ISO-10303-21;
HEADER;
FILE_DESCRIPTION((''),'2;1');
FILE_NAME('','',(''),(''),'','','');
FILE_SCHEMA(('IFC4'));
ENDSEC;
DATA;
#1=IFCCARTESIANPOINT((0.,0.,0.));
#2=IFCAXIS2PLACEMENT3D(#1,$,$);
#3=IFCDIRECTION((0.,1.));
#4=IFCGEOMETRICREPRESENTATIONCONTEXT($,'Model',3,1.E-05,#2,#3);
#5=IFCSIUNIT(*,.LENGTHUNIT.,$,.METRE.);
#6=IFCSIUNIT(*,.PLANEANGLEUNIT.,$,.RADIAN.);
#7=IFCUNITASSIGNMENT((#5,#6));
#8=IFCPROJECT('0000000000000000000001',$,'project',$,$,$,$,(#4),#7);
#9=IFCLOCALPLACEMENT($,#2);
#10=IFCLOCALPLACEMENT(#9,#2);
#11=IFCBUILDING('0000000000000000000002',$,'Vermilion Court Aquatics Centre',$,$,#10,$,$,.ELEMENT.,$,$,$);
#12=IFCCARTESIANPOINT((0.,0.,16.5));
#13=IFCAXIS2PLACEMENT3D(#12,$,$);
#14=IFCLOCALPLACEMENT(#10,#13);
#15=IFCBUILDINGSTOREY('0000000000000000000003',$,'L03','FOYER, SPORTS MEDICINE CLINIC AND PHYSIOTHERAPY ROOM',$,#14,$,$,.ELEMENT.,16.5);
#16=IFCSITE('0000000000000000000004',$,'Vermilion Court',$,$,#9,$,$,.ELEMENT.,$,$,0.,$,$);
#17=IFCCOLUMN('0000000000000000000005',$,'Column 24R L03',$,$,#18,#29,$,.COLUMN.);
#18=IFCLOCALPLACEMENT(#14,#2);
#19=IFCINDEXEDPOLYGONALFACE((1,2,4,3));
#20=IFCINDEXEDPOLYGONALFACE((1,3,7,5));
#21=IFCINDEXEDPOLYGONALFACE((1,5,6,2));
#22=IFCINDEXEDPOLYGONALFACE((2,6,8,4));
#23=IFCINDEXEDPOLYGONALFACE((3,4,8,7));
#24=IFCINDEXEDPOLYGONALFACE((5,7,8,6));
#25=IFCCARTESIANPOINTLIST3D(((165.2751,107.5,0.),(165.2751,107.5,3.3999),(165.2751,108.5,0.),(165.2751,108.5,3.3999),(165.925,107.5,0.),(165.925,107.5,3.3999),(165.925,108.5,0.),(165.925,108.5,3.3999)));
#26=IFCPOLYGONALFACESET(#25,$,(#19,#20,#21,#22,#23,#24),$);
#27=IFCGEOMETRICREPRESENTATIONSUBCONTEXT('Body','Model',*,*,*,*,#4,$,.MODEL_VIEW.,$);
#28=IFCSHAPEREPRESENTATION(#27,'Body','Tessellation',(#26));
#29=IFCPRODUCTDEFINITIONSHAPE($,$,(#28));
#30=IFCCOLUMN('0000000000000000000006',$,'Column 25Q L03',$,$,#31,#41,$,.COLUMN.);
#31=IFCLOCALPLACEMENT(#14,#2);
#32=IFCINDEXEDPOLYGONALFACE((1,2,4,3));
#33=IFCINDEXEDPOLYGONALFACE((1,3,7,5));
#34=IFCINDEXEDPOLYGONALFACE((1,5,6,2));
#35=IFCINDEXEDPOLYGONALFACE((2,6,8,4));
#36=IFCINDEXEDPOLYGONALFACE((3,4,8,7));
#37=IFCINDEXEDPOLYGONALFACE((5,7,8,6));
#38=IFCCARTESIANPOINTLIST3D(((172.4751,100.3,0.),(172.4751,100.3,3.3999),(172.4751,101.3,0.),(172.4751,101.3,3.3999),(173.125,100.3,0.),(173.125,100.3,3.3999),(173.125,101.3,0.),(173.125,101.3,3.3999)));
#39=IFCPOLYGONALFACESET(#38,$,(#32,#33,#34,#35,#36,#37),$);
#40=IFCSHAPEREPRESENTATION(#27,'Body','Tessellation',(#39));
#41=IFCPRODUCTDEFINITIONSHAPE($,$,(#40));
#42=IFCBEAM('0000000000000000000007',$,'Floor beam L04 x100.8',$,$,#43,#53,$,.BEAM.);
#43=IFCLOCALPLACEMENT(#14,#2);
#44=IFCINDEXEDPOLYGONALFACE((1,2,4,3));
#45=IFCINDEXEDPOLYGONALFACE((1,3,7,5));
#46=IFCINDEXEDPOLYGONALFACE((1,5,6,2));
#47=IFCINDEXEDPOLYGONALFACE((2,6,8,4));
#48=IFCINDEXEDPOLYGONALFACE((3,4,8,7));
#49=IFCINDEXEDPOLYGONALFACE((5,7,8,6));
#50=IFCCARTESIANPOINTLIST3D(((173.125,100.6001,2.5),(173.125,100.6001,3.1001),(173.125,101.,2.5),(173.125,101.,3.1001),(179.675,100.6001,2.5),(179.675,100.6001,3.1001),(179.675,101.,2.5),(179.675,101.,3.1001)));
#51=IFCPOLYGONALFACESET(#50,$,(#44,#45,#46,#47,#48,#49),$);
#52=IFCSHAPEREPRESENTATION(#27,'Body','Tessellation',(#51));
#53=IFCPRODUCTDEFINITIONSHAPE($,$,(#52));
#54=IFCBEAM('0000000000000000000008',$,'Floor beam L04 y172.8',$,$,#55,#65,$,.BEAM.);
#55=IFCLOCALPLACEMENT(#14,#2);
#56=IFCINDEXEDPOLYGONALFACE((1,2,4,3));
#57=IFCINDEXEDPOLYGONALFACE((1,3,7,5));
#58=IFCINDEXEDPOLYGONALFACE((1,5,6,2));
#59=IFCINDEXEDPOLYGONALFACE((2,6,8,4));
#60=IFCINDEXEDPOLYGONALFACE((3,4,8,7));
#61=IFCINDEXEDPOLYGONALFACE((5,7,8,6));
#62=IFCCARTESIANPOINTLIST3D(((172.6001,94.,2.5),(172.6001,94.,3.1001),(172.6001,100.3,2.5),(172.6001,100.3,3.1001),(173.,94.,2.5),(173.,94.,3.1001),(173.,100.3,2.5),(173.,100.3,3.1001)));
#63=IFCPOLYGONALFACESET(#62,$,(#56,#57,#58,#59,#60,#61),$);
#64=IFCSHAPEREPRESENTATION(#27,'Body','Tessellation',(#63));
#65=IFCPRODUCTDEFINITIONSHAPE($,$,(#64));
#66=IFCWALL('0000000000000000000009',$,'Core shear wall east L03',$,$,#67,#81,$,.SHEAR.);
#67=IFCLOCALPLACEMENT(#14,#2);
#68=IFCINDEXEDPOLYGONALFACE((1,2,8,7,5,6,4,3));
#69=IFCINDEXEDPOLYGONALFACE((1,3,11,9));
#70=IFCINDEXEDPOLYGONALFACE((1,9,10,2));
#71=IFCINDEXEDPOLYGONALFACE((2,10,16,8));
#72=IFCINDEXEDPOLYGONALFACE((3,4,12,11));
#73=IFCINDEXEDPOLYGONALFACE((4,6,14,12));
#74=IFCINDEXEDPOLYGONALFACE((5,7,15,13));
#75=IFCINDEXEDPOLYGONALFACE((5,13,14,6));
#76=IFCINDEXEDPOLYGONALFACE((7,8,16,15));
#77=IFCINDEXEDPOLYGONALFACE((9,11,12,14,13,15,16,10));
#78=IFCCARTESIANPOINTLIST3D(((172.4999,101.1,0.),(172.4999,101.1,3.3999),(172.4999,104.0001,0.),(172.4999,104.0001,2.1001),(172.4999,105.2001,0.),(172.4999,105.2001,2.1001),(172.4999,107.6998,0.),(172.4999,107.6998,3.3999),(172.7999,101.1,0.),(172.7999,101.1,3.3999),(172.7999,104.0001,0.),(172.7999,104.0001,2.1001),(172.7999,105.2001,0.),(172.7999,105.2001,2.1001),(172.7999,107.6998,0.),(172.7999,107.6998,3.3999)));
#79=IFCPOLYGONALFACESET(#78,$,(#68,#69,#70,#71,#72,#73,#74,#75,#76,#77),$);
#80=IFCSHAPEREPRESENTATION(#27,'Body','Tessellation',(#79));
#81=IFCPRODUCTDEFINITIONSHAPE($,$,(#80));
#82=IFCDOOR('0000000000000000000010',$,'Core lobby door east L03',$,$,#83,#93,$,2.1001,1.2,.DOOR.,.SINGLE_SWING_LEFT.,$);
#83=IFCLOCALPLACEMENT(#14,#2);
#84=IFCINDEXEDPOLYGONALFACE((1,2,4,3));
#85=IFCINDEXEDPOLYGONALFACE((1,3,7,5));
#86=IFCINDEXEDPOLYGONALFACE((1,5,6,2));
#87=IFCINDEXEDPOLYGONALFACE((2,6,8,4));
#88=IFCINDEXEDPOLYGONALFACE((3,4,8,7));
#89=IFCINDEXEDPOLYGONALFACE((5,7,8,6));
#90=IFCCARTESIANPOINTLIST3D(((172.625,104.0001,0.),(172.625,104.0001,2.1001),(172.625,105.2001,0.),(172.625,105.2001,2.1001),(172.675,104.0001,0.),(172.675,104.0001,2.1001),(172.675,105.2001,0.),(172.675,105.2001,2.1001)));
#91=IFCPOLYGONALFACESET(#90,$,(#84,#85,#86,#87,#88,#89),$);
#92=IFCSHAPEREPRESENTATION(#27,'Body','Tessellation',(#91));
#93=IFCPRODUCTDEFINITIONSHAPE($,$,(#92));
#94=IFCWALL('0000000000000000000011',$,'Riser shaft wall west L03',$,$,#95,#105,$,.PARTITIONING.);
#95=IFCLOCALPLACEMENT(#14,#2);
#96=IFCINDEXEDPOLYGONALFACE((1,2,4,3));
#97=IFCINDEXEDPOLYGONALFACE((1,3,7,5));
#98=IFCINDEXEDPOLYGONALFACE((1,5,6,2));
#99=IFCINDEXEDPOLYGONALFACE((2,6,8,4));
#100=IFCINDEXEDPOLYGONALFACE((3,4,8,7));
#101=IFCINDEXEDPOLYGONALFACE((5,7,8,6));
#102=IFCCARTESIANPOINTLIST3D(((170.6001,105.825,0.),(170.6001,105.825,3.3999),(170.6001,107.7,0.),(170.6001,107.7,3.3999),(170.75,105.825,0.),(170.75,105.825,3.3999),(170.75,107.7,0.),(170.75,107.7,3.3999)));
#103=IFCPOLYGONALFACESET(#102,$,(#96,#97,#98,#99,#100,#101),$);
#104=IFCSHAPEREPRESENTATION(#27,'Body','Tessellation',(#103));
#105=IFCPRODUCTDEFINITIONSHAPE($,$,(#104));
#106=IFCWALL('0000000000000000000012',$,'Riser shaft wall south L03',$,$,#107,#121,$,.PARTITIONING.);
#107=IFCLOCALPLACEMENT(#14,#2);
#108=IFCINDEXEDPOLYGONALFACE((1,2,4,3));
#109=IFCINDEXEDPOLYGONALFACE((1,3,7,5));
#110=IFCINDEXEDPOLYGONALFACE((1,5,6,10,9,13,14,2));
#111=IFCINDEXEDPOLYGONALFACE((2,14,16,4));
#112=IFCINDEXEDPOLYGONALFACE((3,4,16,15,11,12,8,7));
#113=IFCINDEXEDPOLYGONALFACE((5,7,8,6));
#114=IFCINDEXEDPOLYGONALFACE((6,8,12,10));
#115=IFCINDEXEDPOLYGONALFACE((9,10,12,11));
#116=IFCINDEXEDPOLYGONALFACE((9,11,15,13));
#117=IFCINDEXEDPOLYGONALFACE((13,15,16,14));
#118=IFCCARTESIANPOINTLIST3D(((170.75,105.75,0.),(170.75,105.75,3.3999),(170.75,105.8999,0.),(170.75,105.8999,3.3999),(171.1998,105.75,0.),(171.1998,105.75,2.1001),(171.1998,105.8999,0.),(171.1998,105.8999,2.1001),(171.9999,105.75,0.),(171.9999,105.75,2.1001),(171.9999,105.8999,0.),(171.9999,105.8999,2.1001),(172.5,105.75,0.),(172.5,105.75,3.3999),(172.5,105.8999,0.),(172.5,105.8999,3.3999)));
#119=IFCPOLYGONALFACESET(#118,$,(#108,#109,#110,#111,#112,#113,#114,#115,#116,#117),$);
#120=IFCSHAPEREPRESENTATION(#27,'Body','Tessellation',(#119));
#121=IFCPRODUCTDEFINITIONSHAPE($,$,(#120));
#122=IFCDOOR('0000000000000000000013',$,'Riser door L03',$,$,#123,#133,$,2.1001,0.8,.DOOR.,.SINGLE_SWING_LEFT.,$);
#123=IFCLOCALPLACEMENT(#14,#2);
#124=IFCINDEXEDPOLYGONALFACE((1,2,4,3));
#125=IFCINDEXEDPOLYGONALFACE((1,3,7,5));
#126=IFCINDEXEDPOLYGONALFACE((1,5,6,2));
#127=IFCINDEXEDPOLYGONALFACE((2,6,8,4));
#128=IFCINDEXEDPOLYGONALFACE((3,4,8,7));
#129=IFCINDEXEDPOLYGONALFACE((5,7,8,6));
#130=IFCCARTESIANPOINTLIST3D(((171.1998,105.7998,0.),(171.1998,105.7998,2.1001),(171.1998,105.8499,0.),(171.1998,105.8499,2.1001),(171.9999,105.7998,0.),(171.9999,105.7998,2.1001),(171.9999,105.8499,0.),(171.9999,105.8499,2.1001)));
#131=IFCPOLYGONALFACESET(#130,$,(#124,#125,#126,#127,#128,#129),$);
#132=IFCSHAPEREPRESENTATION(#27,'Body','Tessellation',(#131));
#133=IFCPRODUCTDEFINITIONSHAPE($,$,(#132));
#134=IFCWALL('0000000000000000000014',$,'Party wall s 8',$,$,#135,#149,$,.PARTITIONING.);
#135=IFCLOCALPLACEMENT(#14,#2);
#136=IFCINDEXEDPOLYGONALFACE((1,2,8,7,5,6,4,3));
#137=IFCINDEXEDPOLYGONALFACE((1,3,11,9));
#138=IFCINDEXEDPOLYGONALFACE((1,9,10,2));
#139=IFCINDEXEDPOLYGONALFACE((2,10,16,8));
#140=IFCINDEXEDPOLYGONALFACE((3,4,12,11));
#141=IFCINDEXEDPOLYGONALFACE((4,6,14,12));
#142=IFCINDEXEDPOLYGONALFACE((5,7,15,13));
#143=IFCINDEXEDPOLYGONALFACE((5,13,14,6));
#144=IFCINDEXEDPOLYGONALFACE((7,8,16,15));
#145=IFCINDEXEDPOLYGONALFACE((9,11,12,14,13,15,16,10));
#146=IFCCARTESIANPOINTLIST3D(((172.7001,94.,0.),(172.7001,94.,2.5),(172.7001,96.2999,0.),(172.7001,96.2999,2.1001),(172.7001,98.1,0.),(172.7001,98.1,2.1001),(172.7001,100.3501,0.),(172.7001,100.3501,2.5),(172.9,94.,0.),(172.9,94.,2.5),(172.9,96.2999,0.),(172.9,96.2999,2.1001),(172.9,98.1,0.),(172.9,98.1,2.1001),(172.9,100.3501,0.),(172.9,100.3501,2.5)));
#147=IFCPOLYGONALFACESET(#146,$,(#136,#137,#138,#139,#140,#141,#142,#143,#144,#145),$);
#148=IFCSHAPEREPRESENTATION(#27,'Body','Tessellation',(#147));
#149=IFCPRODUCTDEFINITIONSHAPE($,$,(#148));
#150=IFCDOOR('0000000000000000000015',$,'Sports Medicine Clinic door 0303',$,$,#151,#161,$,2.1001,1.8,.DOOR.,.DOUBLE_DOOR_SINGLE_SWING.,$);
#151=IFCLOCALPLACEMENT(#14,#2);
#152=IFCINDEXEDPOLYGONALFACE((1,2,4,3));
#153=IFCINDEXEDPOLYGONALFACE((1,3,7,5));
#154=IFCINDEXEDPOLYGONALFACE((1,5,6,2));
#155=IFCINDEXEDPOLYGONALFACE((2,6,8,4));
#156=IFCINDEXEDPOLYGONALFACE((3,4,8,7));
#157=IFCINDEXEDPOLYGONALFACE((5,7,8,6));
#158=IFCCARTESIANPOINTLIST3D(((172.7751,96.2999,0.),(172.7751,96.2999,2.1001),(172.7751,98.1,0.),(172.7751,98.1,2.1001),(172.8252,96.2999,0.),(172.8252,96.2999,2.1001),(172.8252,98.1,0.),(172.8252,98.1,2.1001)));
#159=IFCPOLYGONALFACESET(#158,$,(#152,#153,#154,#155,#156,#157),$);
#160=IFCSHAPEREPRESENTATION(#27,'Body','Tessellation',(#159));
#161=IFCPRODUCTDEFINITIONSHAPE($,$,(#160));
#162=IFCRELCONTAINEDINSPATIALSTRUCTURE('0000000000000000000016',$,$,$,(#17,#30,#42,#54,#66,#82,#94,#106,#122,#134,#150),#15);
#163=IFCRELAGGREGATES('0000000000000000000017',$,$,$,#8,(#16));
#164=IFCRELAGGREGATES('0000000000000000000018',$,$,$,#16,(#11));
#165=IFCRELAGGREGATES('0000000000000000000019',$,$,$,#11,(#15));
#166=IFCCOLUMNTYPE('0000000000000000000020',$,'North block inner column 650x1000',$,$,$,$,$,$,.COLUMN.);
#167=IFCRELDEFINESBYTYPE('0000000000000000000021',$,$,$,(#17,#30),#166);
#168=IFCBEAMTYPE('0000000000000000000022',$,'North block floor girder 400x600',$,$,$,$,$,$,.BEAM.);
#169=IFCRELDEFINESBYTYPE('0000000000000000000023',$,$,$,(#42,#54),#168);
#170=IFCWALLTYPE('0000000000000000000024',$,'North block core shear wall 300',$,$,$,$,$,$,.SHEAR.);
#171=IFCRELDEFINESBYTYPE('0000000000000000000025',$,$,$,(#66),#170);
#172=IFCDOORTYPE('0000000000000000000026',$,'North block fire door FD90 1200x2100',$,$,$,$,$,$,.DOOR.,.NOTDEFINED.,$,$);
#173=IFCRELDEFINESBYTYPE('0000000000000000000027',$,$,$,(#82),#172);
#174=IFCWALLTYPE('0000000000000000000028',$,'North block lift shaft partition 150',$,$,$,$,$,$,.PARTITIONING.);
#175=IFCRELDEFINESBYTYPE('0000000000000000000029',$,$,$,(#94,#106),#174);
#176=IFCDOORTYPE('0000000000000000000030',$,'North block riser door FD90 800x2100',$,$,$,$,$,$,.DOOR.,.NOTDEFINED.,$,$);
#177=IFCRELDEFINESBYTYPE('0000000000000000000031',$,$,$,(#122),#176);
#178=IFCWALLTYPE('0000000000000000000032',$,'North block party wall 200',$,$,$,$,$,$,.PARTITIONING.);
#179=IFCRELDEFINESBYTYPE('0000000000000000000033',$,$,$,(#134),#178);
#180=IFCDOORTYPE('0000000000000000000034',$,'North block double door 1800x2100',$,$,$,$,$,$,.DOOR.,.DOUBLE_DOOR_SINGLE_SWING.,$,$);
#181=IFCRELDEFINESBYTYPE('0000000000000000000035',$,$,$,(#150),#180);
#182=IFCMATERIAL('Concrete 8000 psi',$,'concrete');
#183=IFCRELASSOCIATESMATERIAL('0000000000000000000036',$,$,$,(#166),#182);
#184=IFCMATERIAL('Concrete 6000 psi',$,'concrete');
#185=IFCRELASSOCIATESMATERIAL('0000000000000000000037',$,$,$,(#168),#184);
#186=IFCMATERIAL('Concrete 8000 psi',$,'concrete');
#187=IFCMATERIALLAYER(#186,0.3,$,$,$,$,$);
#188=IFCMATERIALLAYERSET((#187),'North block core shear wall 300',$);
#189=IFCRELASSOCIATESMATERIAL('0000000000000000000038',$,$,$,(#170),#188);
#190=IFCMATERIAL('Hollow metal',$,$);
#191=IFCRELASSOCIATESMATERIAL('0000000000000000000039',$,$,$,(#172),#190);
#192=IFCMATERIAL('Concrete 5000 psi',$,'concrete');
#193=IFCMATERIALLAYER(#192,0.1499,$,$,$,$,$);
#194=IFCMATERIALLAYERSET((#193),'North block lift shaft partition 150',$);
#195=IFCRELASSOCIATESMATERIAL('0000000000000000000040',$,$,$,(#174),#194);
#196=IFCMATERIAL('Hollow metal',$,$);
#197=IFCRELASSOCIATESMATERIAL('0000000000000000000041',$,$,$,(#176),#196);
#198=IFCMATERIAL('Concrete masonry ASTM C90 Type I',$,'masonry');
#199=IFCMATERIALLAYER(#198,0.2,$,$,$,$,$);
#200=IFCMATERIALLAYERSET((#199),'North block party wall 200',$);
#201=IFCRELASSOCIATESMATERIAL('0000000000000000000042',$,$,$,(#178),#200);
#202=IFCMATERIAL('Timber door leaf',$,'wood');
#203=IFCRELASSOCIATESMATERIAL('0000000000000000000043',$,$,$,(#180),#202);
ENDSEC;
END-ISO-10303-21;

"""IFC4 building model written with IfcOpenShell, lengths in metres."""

from ifc_helpers import new_model, si_unit, direction, frame, frame_2d, origin, origin_2d, place, context, subcontext, project, spatial, rectangle, extrude, material, layer, layer_set, material_profile, profile_set, type_object, element, fill, save


model = new_model("IFC4")

# Units and contexts
model_context = context("Model", 3, precision=1e-05, world=origin(), true_north=direction((0.0, 1.0)))
body_context = subcontext(model_context, "Body", "Model", "MODEL_VIEW")
ifc_project = project(units=[si_unit("LENGTHUNIT", "METRE"), si_unit("PLANEANGLEUNIT", "RADIAN")], contexts=[model_context])

# Site, building, storey
site_placement = place(None, origin())
site = spatial("IfcSite", under=ifc_project, at=site_placement, Name="Vermilion Court", CompositionType="ELEMENT", RefElevation=0.0)
building_placement = place(site_placement, origin())
building = spatial("IfcBuilding", under=site, at=building_placement, Name="Vermilion Court Aquatics Centre", CompositionType="ELEMENT")
storey_placement = place(building_placement, frame((0.0, 0.0, 16.5)))
storey = spatial("IfcBuildingStorey", under=building, at=storey_placement, Name="L03", Description="FOYER, SPORTS MEDICINE CLINIC AND PHYSIOTHERAPY ROOM", CompositionType="ELEMENT", Elevation=16.5)

# Columns
ifc_material_1 = material(Name="Concrete 8000 psi", Category="concrete")
ifc_material_profile_1 = material_profile(ifc_material_1, rectangle(XDim=0.6499, YDim=1.0, at=origin_2d()), Name="RC 650x1000")
ifc_profile_set_1 = profile_set([ifc_material_profile_1], Name="Concrete 8000 psi")
column_type = type_object("IfcColumnType", Name="North block inner column 650x1000", PredefinedType="COLUMN", material=ifc_profile_set_1)
for number, where, z_axis, x_axis, name in (
    (1, (165.6001, 108.0, 0.0), (0.0, 0.0, 1.0), (1.0, 0.0, 0.0), "Column 24R L03"),
    (2, (172.8, 100.8, 0.0), (0.0, 0.0, 1.0), (1.0, 0.0, 0.0), "Column 25Q L03"),
):
    element("IfcColumn", number, at=place(storey_placement, frame(where, z_axis=z_axis, x_axis=x_axis)), inside=storey, type_object=column_type, Name=name, PredefinedType="COLUMN", context=body_context, shape_type="SweptSolid", body=[
        extrude(rectangle(XDim=0.6499, YDim=1.0, at=origin_2d()), origin(), (0.0, 0.0, 1.0), 3.3999),
    ])

# Beams
ifc_material_2 = material(Name="Concrete 6000 psi", Category="concrete")
ifc_material_profile_2 = material_profile(ifc_material_2, rectangle(XDim=0.3999, YDim=0.6001, at=origin_2d()), Name="RC 400x600")
ifc_profile_set_2 = profile_set([ifc_material_profile_2], Name="Concrete 6000 psi")
beam_type = type_object("IfcBeamType", Name="North block floor girder 400x600", PredefinedType="BEAM", material=ifc_profile_set_2)
beam_1_placement = place(storey_placement, frame((173.125, 100.8, 2.8), z_axis=(1.0, 0.0, 0.0), x_axis=(0.0, 1.0, 0.0)))
element("IfcBeam", 3, at=beam_1_placement, inside=storey, type_object=beam_type, Name="Floor beam L04 x100.8", PredefinedType="BEAM", context=body_context, shape_type="SweptSolid", body=[
    extrude(rectangle(XDim=0.3999, YDim=0.6001, at=origin_2d()), origin(), (0.0, 0.0, 1.0), 6.55),
])
beam_2_placement = place(storey_placement, frame((172.8, 94.0, 2.8), z_axis=(0.0, 1.0, 0.0), x_axis=(-1.0, 0.0, 0.0)))
element("IfcBeam", 4, at=beam_2_placement, inside=storey, type_object=beam_type, Name="Floor beam L04 y172.8", PredefinedType="BEAM", context=body_context, shape_type="SweptSolid", body=[
    extrude(rectangle(XDim=0.3999, YDim=0.6001, at=origin_2d()), origin(), (0.0, 0.0, 1.0), 6.3),
])

# Wall, opening, door
ifc_material_3 = material(Name="Concrete 8000 psi", Category="concrete")
ifc_layer_1 = layer(ifc_material_3, 0.3)
ifc_layer_set_1 = layer_set([ifc_layer_1], Name="North block core shear wall 300")
wall_type_1 = type_object("IfcWallType", Name="North block core shear wall 300", PredefinedType="SHEAR", material=ifc_layer_set_1)
wall_1_placement = place(storey_placement, frame((172.6499, 101.1001, 0.0), z_axis=(0.0, 0.0, 1.0), x_axis=(0.0, 1.0, 0.0)))
wall_1 = element("IfcWall", 5, at=wall_1_placement, inside=storey, type_object=wall_type_1, Name="Core shear wall east L03", PredefinedType="SHEAR", context=body_context, shape_type="SweptSolid", body=[
    extrude(rectangle(XDim=6.5999, YDim=0.3, at=frame_2d((3.2998, 0.0))), origin(), (0.0, 0.0, 1.0), 3.3999),
])
opening_1_placement = place(wall_1_placement, frame((2.8999, 0.0, 0.0)))
opening_1 = element("IfcOpeningElement", 6, at=opening_1_placement, cuts=wall_1, PredefinedType="OPENING", context=body_context, shape_type="SweptSolid", body=[
    extrude(rectangle(XDim=1.2, YDim=2.1001, at=frame_2d((0.6001, 1.05))), frame((0.0, 0.1599, 0.0), z_axis=(0.0, -1.0, 0.0), x_axis=(1.0, 0.0, 0.0)), (0.0, 0.0, 1.0), 0.3201),
])
ifc_material_4 = material(Name="Hollow metal")
door_type_1 = type_object("IfcDoorType", Name="North block fire door FD90 1200x2100", OperationType="NOTDEFINED", PredefinedType="DOOR", material=ifc_material_4)
door_1_placement = place(opening_1_placement, origin())
door_1 = element("IfcDoor", 7, at=door_1_placement, inside=storey, type_object=door_type_1, Name="Core lobby door east L03", OperationType="SINGLE_SWING_LEFT", OverallHeight=2.1001, OverallWidth=1.2, PredefinedType="DOOR", context=body_context, shape_type="SweptSolid", body=[
    extrude(rectangle(XDim=1.2, YDim=2.1001, at=frame_2d((0.6001, 1.05))), frame((0.0, 0.0249, 0.0), z_axis=(0.0, -1.0, 0.0), x_axis=(1.0, 0.0, 0.0)), (0.0, 0.0, 1.0), 0.05),
])
fill(opening_1, door_1)

# Wall
ifc_material_5 = material(Name="Concrete 5000 psi", Category="concrete")
ifc_layer_2 = layer(ifc_material_5, 0.1499)
ifc_layer_set_2 = layer_set([ifc_layer_2], Name="North block lift shaft partition 150")
wall_type_2 = type_object("IfcWallType", Name="North block lift shaft partition 150", PredefinedType="PARTITIONING", material=ifc_layer_set_2)
wall_2_placement = place(storey_placement, frame((170.675, 105.825, 0.0), z_axis=(0.0, 0.0, 1.0), x_axis=(0.0, 1.0, 0.0)))
element("IfcWall", 8, at=wall_2_placement, inside=storey, type_object=wall_type_2, Name="Riser shaft wall west L03", PredefinedType="PARTITIONING", context=body_context, shape_type="SweptSolid", body=[
    extrude(rectangle(XDim=1.875, YDim=0.1499, at=frame_2d((0.9375, 0.0))), origin(), (0.0, 0.0, 1.0), 3.3999),
])

# Walls, openings, doors
wall_3_placement = place(storey_placement, frame((170.75, 105.825, 0.0), z_axis=(0.0, 0.0, 1.0), x_axis=(1.0, 0.0, 0.0)))
wall_3 = element("IfcWall", 9, at=wall_3_placement, inside=storey, type_object=wall_type_2, Name="Riser shaft wall south L03", PredefinedType="PARTITIONING", context=body_context, shape_type="SweptSolid", body=[
    extrude(rectangle(XDim=1.75, YDim=0.1499, at=frame_2d((0.875, 0.0))), origin(), (0.0, 0.0, 1.0), 3.3999),
])
opening_2_placement = place(wall_3_placement, frame((0.45, 0.0, 0.0)))
opening_2 = element("IfcOpeningElement", 10, at=opening_2_placement, cuts=wall_3, PredefinedType="OPENING", context=body_context, shape_type="SweptSolid", body=[
    extrude(rectangle(XDim=0.8, YDim=2.1001, at=frame_2d((0.3999, 1.05))), frame((0.0, 0.085, 0.0), z_axis=(0.0, -1.0, 0.0), x_axis=(1.0, 0.0, 0.0)), (0.0, 0.0, 1.0), 0.1699),
])
ifc_material_6 = material(Name="Hollow metal")
door_type_2 = type_object("IfcDoorType", Name="North block riser door FD90 800x2100", OperationType="NOTDEFINED", PredefinedType="DOOR", material=ifc_material_6)
door_2_placement = place(opening_2_placement, origin())
door_2 = element("IfcDoor", 11, at=door_2_placement, inside=storey, type_object=door_type_2, Name="Riser door L03", OperationType="SINGLE_SWING_LEFT", OverallHeight=2.1001, OverallWidth=0.8, PredefinedType="DOOR", context=body_context, shape_type="SweptSolid", body=[
    extrude(rectangle(XDim=0.8, YDim=2.1001, at=frame_2d((0.3999, 1.05))), frame((0.0, 0.0249, 0.0), z_axis=(0.0, -1.0, 0.0), x_axis=(1.0, 0.0, 0.0)), (0.0, 0.0, 1.0), 0.05),
])
fill(opening_2, door_2)
ifc_material_7 = material(Name="Concrete masonry ASTM C90 Type I", Category="masonry")
ifc_layer_3 = layer(ifc_material_7, 0.2)
ifc_layer_set_3 = layer_set([ifc_layer_3], Name="North block party wall 200")
wall_type_3 = type_object("IfcWallType", Name="North block party wall 200", PredefinedType="PARTITIONING", material=ifc_layer_set_3)
wall_4_placement = place(storey_placement, frame((172.8, 94.0, 0.0), z_axis=(0.0, 0.0, 1.0), x_axis=(0.0, 1.0, 0.0)))
wall_4 = element("IfcWall", 12, at=wall_4_placement, inside=storey, type_object=wall_type_3, Name="Party wall s 8", PredefinedType="PARTITIONING", context=body_context, shape_type="SweptSolid", body=[
    extrude(rectangle(XDim=6.3501, YDim=0.2, at=frame_2d((3.175, 0.0))), origin(), (0.0, 0.0, 1.0), 2.5),
])
opening_3_placement = place(wall_4_placement, frame((2.3, 0.0, 0.0)))
opening_3 = element("IfcOpeningElement", 13, at=opening_3_placement, cuts=wall_4, PredefinedType="OPENING", context=body_context, shape_type="SweptSolid", body=[
    extrude(rectangle(XDim=1.8, YDim=2.1001, at=frame_2d((0.8999, 1.05))), frame((0.0, 0.1099, 0.0), z_axis=(0.0, -1.0, 0.0), x_axis=(1.0, 0.0, 0.0)), (0.0, 0.0, 1.0), 0.22),
])
ifc_material_8 = material(Name="Timber door leaf", Category="wood")
door_type_3 = type_object("IfcDoorType", Name="North block double door 1800x2100", OperationType="DOUBLE_DOOR_SINGLE_SWING", PredefinedType="DOOR", material=ifc_material_8)
door_3_placement = place(opening_3_placement, origin())
door_3 = element("IfcDoor", 14, at=door_3_placement, inside=storey, type_object=door_type_3, Name="Sports Medicine Clinic door 0303", OperationType="DOUBLE_DOOR_SINGLE_SWING", OverallHeight=2.1001, OverallWidth=1.8, PredefinedType="DOOR", context=body_context, shape_type="SweptSolid", body=[
    extrude(rectangle(XDim=1.8, YDim=2.1001, at=frame_2d((0.8999, 1.05))), frame((0.0, 0.0249, 0.0), z_axis=(0.0, -1.0, 0.0), x_axis=(1.0, 0.0, 0.0)), (0.0, 0.0, 1.0), 0.05),
])
fill(opening_3, door_3)

save(model, "model.ifc")
